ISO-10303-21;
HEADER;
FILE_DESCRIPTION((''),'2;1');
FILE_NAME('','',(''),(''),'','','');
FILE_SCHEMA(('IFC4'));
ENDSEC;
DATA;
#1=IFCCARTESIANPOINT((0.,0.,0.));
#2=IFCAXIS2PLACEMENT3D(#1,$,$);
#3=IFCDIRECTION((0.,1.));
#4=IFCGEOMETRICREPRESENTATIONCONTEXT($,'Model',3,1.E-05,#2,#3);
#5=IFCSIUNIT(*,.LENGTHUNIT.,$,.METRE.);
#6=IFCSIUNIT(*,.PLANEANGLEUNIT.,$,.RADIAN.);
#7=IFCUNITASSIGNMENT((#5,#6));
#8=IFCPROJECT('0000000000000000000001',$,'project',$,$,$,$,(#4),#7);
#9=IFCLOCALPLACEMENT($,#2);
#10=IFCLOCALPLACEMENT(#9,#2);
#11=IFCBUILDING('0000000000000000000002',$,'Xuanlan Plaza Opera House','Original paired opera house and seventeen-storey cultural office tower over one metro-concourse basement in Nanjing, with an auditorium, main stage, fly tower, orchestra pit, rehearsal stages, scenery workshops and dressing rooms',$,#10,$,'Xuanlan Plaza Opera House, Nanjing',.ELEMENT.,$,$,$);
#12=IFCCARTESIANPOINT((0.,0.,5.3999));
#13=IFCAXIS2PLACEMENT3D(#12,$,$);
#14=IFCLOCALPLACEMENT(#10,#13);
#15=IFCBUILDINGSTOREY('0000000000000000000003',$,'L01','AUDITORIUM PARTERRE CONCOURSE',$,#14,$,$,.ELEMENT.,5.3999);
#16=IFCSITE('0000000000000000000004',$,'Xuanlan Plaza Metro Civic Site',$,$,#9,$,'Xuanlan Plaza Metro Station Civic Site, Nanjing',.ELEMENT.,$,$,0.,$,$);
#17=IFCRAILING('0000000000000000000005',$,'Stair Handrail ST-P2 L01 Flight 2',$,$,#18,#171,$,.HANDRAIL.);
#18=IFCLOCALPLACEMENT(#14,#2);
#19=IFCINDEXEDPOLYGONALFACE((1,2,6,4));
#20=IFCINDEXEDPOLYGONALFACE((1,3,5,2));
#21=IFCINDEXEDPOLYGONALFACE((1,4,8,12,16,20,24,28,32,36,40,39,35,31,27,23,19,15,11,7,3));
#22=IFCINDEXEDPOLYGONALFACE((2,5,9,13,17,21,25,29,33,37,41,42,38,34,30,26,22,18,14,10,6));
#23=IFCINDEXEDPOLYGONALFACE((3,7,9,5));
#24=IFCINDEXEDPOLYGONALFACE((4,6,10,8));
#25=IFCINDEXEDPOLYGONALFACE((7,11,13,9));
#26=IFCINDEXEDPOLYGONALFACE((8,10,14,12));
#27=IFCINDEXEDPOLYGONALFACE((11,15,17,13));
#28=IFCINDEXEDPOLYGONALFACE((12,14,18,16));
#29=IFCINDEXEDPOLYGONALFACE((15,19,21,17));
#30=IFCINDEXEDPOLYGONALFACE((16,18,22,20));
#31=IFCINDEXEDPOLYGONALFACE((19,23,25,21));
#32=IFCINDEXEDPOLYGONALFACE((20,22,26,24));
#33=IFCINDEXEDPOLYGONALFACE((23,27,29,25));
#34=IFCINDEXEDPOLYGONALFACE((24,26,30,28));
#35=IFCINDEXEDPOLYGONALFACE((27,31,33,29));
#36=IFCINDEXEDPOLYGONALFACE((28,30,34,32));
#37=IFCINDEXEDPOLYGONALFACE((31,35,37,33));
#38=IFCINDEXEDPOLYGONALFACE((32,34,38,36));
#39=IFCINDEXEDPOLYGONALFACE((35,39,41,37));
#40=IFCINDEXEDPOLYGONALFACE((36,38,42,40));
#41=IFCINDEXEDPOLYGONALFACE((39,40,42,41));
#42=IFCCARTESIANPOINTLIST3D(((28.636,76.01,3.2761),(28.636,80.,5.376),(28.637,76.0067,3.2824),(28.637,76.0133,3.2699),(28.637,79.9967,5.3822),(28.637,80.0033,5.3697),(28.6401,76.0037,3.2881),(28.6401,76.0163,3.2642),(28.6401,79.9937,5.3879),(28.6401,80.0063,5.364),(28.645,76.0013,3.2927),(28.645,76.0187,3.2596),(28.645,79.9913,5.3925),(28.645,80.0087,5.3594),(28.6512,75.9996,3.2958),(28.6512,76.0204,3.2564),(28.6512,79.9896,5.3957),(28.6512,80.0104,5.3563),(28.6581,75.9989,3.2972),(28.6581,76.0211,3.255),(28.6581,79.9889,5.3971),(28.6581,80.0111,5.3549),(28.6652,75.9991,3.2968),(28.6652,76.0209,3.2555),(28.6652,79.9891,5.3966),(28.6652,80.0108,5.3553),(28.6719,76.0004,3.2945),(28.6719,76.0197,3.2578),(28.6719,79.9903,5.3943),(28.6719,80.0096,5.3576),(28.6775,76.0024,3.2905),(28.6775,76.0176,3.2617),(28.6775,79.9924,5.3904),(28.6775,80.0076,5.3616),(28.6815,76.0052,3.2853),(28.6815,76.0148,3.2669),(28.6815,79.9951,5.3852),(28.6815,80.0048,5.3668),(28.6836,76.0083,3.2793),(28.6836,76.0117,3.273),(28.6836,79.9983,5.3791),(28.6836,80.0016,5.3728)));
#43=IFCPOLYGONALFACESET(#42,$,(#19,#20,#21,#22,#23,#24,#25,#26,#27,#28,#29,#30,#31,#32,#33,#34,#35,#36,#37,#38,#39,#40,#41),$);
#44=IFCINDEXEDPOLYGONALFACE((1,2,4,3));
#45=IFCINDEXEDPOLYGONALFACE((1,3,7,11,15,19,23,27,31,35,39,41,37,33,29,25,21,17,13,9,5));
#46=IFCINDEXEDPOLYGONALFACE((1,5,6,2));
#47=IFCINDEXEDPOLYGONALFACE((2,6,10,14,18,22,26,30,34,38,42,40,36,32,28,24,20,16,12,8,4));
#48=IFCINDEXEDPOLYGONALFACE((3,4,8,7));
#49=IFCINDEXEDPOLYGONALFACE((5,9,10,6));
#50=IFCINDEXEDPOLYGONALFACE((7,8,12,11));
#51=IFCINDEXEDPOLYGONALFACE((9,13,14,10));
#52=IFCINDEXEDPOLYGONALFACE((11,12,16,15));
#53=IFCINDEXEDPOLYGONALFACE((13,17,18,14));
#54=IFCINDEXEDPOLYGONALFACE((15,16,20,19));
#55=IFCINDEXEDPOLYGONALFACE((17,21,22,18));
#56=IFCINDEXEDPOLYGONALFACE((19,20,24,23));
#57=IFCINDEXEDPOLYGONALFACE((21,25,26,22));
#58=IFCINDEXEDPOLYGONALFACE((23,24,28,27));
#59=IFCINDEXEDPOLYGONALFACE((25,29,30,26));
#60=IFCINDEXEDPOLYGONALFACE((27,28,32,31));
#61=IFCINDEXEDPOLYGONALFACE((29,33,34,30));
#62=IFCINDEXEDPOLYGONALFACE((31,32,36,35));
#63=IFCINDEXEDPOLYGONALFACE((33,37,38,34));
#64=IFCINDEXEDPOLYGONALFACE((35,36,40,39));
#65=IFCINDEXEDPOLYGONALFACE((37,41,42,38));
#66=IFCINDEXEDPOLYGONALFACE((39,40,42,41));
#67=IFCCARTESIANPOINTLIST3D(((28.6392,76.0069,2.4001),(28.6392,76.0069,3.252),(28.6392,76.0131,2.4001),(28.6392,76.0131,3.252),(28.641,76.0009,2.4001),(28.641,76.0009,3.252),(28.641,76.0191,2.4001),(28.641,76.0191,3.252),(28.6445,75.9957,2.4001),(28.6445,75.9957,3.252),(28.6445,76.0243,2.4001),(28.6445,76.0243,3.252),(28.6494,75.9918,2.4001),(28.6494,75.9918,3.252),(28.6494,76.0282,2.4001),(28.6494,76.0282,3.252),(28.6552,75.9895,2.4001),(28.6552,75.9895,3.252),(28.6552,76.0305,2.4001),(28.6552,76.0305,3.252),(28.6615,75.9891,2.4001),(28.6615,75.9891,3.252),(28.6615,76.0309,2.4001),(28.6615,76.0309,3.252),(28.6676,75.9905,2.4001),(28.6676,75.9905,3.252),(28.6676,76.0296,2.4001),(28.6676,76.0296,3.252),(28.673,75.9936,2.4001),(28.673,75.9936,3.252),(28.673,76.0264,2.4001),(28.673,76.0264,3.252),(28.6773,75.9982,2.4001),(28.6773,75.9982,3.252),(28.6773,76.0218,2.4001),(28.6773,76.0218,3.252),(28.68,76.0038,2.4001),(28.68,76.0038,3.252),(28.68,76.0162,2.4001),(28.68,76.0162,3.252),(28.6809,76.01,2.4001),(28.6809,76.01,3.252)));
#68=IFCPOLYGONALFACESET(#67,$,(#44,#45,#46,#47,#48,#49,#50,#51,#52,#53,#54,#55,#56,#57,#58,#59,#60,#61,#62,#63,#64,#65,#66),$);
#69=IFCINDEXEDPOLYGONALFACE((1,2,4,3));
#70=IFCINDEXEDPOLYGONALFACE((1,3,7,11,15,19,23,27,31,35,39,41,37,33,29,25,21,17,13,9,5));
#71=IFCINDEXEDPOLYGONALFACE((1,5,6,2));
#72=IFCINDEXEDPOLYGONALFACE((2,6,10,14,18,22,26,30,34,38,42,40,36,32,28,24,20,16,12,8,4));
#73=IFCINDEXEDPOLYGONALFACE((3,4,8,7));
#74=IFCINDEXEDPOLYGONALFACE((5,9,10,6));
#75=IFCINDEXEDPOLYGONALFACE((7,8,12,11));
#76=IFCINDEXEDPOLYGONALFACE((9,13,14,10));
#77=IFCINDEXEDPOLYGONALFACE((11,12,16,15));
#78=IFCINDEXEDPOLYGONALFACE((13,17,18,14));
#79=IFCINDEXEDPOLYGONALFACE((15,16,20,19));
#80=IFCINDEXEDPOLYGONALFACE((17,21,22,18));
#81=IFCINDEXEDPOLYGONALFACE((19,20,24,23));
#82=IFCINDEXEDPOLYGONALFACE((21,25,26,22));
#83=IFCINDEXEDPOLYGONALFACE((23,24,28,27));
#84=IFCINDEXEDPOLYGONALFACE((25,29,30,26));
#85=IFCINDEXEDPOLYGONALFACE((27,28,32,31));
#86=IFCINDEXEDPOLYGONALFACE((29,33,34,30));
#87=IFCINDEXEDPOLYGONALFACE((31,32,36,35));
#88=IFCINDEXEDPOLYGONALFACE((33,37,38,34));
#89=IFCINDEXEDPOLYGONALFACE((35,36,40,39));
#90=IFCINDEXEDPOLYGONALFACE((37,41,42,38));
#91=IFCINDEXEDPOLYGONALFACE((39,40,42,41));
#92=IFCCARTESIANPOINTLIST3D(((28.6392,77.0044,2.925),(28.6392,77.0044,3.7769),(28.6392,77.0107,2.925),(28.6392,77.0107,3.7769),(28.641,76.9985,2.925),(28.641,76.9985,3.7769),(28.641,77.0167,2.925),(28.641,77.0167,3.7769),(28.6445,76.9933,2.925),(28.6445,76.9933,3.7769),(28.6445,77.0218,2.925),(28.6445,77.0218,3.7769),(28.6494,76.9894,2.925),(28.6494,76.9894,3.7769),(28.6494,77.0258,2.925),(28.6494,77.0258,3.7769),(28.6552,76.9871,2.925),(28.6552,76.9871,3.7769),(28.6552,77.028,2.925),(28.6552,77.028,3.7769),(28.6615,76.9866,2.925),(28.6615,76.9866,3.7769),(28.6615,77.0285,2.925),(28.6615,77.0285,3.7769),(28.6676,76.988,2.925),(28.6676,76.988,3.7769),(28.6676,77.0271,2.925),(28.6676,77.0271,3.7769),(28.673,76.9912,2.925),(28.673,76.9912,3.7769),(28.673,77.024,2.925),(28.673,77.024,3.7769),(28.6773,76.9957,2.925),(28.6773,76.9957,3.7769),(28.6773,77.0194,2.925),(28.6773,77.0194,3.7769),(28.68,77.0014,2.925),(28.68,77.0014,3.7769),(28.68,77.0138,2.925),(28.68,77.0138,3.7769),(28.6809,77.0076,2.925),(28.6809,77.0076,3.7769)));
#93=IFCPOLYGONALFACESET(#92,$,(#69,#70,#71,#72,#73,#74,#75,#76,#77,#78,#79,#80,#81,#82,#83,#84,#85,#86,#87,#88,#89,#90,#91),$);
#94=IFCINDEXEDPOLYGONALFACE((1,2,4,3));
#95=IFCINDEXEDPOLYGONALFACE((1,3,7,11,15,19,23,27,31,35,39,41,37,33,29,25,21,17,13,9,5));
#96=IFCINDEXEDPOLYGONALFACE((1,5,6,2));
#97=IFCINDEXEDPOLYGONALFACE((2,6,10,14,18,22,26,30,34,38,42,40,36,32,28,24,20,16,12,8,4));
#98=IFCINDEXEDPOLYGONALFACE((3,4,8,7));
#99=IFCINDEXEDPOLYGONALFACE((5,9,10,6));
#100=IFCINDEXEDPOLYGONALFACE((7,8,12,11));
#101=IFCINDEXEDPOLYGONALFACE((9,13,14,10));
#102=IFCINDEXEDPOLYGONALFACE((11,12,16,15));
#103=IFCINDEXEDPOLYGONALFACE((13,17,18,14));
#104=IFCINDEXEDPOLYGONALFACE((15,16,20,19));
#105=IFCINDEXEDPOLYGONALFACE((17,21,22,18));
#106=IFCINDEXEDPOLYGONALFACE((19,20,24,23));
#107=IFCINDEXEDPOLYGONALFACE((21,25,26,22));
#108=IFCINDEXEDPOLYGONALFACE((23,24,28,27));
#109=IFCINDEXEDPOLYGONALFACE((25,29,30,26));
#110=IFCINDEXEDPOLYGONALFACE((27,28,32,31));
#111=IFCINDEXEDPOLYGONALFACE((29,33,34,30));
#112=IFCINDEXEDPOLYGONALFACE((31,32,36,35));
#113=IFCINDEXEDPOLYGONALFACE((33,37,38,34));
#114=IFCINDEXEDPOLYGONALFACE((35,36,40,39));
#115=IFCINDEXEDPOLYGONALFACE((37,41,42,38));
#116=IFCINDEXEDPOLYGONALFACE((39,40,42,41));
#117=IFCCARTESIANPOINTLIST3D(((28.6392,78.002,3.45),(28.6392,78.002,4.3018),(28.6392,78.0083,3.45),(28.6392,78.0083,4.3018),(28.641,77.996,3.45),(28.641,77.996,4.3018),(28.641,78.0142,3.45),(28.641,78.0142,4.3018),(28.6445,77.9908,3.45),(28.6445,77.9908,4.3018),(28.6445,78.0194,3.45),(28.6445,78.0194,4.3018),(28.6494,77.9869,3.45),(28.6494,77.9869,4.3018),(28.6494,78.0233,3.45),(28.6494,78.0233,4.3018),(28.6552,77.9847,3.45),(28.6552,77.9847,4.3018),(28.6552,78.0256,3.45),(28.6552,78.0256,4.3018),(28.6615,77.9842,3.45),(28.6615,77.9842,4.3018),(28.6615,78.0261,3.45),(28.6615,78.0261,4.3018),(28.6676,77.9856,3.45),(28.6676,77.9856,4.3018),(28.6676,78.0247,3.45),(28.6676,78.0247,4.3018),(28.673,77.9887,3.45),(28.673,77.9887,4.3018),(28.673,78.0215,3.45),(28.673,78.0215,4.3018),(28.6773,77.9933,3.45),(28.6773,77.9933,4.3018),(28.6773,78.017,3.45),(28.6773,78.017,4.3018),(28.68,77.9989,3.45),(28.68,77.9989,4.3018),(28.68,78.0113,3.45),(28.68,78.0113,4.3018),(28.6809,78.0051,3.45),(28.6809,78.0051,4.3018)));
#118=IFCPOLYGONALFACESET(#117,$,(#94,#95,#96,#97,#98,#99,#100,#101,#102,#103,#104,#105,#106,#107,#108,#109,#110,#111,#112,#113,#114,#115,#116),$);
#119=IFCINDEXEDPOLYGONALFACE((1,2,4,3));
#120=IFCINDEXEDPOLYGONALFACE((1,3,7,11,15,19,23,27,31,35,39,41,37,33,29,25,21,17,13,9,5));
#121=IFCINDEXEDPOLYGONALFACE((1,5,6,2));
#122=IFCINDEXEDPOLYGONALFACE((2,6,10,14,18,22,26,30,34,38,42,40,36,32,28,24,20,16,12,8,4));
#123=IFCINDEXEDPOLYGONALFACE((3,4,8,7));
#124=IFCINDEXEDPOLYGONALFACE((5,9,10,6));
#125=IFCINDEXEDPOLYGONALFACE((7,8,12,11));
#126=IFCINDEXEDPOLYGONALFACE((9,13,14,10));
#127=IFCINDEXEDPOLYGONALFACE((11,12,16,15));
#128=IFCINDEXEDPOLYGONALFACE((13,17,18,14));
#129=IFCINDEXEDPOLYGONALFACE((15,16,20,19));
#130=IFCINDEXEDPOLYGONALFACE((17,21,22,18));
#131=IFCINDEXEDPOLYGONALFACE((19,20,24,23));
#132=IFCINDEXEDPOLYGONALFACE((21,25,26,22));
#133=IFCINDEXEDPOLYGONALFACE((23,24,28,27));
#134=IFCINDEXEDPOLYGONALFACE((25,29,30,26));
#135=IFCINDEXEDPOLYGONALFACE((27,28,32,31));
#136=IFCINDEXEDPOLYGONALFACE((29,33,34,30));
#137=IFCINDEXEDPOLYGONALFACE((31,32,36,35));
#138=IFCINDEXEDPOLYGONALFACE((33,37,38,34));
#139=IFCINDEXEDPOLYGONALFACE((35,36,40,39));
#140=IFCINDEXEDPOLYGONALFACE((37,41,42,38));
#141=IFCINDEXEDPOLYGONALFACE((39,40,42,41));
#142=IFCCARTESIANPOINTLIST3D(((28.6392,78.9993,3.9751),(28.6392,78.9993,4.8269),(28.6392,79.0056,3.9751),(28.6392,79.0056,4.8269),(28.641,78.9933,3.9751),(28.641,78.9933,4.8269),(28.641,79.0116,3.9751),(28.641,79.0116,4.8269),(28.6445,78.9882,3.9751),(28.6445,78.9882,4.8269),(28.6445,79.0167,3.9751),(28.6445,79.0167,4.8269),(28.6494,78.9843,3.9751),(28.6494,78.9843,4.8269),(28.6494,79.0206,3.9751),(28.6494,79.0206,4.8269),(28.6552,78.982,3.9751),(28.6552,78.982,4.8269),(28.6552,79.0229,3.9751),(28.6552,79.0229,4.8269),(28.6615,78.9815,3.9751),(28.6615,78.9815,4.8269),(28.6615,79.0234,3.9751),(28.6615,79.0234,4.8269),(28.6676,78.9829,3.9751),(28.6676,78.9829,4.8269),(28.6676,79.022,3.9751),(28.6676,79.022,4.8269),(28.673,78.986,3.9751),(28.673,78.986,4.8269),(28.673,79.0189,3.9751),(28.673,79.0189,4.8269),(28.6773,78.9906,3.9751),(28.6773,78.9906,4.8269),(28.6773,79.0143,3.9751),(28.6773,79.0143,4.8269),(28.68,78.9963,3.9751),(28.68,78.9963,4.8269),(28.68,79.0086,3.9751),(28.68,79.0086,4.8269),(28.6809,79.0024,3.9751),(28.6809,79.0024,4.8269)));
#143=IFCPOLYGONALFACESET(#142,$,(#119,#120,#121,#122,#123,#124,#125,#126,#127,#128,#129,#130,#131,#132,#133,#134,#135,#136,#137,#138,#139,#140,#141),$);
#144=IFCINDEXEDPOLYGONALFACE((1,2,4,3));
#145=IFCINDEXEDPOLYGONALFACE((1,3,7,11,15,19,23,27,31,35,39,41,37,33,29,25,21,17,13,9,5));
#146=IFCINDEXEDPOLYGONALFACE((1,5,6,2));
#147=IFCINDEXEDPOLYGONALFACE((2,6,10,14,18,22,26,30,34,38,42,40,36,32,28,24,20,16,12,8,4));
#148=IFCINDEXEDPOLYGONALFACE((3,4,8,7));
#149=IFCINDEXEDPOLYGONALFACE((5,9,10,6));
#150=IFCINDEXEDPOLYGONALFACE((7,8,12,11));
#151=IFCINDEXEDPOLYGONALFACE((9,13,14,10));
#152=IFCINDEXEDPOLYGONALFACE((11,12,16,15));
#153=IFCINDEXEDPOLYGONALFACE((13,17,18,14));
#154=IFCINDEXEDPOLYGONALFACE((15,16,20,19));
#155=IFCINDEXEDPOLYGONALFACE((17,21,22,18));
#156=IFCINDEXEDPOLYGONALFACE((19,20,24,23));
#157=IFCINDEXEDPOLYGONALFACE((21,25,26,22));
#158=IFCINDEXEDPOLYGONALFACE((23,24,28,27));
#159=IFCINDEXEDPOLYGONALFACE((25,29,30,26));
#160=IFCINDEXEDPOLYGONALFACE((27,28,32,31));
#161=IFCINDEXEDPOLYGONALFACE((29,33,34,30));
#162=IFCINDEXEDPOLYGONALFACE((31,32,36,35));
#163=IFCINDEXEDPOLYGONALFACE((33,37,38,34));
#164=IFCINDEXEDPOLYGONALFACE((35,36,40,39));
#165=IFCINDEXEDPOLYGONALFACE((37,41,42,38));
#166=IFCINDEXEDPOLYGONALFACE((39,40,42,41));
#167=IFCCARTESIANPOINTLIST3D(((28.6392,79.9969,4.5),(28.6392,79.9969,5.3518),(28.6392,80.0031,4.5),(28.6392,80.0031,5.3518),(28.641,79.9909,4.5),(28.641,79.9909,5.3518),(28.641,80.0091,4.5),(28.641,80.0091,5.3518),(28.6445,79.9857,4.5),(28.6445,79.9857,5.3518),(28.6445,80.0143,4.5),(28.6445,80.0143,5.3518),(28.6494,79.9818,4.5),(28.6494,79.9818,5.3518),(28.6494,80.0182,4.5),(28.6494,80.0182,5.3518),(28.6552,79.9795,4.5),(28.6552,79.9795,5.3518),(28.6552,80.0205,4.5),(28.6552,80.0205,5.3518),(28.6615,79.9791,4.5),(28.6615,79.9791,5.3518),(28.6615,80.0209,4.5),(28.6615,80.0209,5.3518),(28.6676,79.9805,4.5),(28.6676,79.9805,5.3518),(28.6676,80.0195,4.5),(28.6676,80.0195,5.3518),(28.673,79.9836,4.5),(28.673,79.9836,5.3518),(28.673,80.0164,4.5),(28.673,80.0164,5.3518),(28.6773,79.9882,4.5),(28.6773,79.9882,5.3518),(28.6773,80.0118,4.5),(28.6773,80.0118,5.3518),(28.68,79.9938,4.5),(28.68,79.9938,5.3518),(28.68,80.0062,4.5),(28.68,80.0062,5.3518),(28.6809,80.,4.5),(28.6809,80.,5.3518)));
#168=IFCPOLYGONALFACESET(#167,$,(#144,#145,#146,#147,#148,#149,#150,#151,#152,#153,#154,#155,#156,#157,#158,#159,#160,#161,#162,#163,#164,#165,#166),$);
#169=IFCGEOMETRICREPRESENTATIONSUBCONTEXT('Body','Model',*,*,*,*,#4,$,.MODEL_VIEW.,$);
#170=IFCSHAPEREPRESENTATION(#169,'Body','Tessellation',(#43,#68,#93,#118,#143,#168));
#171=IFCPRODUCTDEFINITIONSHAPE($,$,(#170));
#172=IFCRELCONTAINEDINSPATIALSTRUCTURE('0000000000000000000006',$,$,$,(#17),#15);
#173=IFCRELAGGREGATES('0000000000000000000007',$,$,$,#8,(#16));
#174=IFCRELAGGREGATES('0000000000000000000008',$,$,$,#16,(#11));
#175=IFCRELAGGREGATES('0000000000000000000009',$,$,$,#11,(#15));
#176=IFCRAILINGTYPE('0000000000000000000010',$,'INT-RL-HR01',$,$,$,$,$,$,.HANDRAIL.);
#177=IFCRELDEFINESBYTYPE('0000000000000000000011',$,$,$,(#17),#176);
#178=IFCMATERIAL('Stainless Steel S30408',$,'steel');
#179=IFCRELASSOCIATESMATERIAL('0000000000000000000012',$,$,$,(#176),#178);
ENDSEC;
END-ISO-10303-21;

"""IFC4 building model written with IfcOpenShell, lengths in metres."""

from ifc_helpers import new_model, si_unit, direction, frame, origin, origin_2d, place, context, subcontext, project, spatial, circle, extrude, material, type_object, element, save


model = new_model("IFC4")

# Units and contexts
model_context = context("Model", 3, precision=1e-05, world=origin(), true_north=direction((0.0, 1.0)))
body_context = subcontext(model_context, "Body", "Model", "MODEL_VIEW")
ifc_project = project(units=[si_unit("LENGTHUNIT", "METRE"), si_unit("PLANEANGLEUNIT", "RADIAN")], contexts=[model_context])

# Site, building, storey
site_placement = place(None, origin())
site = spatial("IfcSite", under=ifc_project, at=site_placement, Name="Xuanlan Plaza Metro Civic Site", LongName="Xuanlan Plaza Metro Station Civic Site, Nanjing", CompositionType="ELEMENT", RefElevation=0.0)
building_placement = place(site_placement, origin())
building = spatial("IfcBuilding", under=site, at=building_placement, Name="Xuanlan Plaza Opera House", Description="Original paired opera house and seventeen-storey cultural office tower over one metro-concourse basement in Nanjing, with an auditorium, main stage, fly tower, orchestra pit, rehearsal stages, scenery workshops and dressing rooms", LongName="Xuanlan Plaza Opera House, Nanjing", CompositionType="ELEMENT")
storey_placement = place(building_placement, frame((0.0, 0.0, 5.3999)))
storey = spatial("IfcBuildingStorey", under=building, at=storey_placement, Name="L01", Description="AUDITORIUM PARTERRE CONCOURSE", CompositionType="ELEMENT", Elevation=5.3999)

# Railing
ifc_material_1 = material(Name="Stainless Steel S30408", Category="steel")
railing_type = type_object("IfcRailingType", Name="INT-RL-HR01", PredefinedType="HANDRAIL", material=ifc_material_1)
for number, where, name in (
    (1, (28.6599, 76.01, 2.4001), "Stair Handrail ST-P2 L01 Flight 2"),
):
    element("IfcRailing", number, at=place(storey_placement, frame(where)), inside=storey, type_object=railing_type, Name=name, PredefinedType="HANDRAIL", context=body_context, shape_type="SweptSolid", body=[
        extrude(circle(Radius=0.0239, at=origin_2d()), frame((0.0, 0.0, 0.876), z_axis=(0.0, 0.884931, 0.465722), x_axis=(-1.0, 0.0, 0.0)), (0.0, 0.0, 1.0), 4.5088),
        extrude(circle(Radius=0.021, at=origin_2d()), origin(), (0.0, 0.0, 1.0), 0.8518),
        extrude(circle(Radius=0.021, at=origin_2d()), frame((0.0, 0.9976, 0.5249)), (0.0, 0.0, 1.0), 0.8518),
        extrude(circle(Radius=0.021, at=origin_2d()), frame((0.0, 1.9951, 1.0498)), (0.0, 0.0, 1.0), 0.8518),
        extrude(circle(Radius=0.021, at=origin_2d()), frame((0.0, 2.9924, 1.575)), (0.0, 0.0, 1.0), 0.8518),
        extrude(circle(Radius=0.021, at=origin_2d()), frame((0.0, 3.99, 2.0999)), (0.0, 0.0, 1.0), 0.8518),
    ])

save(model, "model.ifc")
